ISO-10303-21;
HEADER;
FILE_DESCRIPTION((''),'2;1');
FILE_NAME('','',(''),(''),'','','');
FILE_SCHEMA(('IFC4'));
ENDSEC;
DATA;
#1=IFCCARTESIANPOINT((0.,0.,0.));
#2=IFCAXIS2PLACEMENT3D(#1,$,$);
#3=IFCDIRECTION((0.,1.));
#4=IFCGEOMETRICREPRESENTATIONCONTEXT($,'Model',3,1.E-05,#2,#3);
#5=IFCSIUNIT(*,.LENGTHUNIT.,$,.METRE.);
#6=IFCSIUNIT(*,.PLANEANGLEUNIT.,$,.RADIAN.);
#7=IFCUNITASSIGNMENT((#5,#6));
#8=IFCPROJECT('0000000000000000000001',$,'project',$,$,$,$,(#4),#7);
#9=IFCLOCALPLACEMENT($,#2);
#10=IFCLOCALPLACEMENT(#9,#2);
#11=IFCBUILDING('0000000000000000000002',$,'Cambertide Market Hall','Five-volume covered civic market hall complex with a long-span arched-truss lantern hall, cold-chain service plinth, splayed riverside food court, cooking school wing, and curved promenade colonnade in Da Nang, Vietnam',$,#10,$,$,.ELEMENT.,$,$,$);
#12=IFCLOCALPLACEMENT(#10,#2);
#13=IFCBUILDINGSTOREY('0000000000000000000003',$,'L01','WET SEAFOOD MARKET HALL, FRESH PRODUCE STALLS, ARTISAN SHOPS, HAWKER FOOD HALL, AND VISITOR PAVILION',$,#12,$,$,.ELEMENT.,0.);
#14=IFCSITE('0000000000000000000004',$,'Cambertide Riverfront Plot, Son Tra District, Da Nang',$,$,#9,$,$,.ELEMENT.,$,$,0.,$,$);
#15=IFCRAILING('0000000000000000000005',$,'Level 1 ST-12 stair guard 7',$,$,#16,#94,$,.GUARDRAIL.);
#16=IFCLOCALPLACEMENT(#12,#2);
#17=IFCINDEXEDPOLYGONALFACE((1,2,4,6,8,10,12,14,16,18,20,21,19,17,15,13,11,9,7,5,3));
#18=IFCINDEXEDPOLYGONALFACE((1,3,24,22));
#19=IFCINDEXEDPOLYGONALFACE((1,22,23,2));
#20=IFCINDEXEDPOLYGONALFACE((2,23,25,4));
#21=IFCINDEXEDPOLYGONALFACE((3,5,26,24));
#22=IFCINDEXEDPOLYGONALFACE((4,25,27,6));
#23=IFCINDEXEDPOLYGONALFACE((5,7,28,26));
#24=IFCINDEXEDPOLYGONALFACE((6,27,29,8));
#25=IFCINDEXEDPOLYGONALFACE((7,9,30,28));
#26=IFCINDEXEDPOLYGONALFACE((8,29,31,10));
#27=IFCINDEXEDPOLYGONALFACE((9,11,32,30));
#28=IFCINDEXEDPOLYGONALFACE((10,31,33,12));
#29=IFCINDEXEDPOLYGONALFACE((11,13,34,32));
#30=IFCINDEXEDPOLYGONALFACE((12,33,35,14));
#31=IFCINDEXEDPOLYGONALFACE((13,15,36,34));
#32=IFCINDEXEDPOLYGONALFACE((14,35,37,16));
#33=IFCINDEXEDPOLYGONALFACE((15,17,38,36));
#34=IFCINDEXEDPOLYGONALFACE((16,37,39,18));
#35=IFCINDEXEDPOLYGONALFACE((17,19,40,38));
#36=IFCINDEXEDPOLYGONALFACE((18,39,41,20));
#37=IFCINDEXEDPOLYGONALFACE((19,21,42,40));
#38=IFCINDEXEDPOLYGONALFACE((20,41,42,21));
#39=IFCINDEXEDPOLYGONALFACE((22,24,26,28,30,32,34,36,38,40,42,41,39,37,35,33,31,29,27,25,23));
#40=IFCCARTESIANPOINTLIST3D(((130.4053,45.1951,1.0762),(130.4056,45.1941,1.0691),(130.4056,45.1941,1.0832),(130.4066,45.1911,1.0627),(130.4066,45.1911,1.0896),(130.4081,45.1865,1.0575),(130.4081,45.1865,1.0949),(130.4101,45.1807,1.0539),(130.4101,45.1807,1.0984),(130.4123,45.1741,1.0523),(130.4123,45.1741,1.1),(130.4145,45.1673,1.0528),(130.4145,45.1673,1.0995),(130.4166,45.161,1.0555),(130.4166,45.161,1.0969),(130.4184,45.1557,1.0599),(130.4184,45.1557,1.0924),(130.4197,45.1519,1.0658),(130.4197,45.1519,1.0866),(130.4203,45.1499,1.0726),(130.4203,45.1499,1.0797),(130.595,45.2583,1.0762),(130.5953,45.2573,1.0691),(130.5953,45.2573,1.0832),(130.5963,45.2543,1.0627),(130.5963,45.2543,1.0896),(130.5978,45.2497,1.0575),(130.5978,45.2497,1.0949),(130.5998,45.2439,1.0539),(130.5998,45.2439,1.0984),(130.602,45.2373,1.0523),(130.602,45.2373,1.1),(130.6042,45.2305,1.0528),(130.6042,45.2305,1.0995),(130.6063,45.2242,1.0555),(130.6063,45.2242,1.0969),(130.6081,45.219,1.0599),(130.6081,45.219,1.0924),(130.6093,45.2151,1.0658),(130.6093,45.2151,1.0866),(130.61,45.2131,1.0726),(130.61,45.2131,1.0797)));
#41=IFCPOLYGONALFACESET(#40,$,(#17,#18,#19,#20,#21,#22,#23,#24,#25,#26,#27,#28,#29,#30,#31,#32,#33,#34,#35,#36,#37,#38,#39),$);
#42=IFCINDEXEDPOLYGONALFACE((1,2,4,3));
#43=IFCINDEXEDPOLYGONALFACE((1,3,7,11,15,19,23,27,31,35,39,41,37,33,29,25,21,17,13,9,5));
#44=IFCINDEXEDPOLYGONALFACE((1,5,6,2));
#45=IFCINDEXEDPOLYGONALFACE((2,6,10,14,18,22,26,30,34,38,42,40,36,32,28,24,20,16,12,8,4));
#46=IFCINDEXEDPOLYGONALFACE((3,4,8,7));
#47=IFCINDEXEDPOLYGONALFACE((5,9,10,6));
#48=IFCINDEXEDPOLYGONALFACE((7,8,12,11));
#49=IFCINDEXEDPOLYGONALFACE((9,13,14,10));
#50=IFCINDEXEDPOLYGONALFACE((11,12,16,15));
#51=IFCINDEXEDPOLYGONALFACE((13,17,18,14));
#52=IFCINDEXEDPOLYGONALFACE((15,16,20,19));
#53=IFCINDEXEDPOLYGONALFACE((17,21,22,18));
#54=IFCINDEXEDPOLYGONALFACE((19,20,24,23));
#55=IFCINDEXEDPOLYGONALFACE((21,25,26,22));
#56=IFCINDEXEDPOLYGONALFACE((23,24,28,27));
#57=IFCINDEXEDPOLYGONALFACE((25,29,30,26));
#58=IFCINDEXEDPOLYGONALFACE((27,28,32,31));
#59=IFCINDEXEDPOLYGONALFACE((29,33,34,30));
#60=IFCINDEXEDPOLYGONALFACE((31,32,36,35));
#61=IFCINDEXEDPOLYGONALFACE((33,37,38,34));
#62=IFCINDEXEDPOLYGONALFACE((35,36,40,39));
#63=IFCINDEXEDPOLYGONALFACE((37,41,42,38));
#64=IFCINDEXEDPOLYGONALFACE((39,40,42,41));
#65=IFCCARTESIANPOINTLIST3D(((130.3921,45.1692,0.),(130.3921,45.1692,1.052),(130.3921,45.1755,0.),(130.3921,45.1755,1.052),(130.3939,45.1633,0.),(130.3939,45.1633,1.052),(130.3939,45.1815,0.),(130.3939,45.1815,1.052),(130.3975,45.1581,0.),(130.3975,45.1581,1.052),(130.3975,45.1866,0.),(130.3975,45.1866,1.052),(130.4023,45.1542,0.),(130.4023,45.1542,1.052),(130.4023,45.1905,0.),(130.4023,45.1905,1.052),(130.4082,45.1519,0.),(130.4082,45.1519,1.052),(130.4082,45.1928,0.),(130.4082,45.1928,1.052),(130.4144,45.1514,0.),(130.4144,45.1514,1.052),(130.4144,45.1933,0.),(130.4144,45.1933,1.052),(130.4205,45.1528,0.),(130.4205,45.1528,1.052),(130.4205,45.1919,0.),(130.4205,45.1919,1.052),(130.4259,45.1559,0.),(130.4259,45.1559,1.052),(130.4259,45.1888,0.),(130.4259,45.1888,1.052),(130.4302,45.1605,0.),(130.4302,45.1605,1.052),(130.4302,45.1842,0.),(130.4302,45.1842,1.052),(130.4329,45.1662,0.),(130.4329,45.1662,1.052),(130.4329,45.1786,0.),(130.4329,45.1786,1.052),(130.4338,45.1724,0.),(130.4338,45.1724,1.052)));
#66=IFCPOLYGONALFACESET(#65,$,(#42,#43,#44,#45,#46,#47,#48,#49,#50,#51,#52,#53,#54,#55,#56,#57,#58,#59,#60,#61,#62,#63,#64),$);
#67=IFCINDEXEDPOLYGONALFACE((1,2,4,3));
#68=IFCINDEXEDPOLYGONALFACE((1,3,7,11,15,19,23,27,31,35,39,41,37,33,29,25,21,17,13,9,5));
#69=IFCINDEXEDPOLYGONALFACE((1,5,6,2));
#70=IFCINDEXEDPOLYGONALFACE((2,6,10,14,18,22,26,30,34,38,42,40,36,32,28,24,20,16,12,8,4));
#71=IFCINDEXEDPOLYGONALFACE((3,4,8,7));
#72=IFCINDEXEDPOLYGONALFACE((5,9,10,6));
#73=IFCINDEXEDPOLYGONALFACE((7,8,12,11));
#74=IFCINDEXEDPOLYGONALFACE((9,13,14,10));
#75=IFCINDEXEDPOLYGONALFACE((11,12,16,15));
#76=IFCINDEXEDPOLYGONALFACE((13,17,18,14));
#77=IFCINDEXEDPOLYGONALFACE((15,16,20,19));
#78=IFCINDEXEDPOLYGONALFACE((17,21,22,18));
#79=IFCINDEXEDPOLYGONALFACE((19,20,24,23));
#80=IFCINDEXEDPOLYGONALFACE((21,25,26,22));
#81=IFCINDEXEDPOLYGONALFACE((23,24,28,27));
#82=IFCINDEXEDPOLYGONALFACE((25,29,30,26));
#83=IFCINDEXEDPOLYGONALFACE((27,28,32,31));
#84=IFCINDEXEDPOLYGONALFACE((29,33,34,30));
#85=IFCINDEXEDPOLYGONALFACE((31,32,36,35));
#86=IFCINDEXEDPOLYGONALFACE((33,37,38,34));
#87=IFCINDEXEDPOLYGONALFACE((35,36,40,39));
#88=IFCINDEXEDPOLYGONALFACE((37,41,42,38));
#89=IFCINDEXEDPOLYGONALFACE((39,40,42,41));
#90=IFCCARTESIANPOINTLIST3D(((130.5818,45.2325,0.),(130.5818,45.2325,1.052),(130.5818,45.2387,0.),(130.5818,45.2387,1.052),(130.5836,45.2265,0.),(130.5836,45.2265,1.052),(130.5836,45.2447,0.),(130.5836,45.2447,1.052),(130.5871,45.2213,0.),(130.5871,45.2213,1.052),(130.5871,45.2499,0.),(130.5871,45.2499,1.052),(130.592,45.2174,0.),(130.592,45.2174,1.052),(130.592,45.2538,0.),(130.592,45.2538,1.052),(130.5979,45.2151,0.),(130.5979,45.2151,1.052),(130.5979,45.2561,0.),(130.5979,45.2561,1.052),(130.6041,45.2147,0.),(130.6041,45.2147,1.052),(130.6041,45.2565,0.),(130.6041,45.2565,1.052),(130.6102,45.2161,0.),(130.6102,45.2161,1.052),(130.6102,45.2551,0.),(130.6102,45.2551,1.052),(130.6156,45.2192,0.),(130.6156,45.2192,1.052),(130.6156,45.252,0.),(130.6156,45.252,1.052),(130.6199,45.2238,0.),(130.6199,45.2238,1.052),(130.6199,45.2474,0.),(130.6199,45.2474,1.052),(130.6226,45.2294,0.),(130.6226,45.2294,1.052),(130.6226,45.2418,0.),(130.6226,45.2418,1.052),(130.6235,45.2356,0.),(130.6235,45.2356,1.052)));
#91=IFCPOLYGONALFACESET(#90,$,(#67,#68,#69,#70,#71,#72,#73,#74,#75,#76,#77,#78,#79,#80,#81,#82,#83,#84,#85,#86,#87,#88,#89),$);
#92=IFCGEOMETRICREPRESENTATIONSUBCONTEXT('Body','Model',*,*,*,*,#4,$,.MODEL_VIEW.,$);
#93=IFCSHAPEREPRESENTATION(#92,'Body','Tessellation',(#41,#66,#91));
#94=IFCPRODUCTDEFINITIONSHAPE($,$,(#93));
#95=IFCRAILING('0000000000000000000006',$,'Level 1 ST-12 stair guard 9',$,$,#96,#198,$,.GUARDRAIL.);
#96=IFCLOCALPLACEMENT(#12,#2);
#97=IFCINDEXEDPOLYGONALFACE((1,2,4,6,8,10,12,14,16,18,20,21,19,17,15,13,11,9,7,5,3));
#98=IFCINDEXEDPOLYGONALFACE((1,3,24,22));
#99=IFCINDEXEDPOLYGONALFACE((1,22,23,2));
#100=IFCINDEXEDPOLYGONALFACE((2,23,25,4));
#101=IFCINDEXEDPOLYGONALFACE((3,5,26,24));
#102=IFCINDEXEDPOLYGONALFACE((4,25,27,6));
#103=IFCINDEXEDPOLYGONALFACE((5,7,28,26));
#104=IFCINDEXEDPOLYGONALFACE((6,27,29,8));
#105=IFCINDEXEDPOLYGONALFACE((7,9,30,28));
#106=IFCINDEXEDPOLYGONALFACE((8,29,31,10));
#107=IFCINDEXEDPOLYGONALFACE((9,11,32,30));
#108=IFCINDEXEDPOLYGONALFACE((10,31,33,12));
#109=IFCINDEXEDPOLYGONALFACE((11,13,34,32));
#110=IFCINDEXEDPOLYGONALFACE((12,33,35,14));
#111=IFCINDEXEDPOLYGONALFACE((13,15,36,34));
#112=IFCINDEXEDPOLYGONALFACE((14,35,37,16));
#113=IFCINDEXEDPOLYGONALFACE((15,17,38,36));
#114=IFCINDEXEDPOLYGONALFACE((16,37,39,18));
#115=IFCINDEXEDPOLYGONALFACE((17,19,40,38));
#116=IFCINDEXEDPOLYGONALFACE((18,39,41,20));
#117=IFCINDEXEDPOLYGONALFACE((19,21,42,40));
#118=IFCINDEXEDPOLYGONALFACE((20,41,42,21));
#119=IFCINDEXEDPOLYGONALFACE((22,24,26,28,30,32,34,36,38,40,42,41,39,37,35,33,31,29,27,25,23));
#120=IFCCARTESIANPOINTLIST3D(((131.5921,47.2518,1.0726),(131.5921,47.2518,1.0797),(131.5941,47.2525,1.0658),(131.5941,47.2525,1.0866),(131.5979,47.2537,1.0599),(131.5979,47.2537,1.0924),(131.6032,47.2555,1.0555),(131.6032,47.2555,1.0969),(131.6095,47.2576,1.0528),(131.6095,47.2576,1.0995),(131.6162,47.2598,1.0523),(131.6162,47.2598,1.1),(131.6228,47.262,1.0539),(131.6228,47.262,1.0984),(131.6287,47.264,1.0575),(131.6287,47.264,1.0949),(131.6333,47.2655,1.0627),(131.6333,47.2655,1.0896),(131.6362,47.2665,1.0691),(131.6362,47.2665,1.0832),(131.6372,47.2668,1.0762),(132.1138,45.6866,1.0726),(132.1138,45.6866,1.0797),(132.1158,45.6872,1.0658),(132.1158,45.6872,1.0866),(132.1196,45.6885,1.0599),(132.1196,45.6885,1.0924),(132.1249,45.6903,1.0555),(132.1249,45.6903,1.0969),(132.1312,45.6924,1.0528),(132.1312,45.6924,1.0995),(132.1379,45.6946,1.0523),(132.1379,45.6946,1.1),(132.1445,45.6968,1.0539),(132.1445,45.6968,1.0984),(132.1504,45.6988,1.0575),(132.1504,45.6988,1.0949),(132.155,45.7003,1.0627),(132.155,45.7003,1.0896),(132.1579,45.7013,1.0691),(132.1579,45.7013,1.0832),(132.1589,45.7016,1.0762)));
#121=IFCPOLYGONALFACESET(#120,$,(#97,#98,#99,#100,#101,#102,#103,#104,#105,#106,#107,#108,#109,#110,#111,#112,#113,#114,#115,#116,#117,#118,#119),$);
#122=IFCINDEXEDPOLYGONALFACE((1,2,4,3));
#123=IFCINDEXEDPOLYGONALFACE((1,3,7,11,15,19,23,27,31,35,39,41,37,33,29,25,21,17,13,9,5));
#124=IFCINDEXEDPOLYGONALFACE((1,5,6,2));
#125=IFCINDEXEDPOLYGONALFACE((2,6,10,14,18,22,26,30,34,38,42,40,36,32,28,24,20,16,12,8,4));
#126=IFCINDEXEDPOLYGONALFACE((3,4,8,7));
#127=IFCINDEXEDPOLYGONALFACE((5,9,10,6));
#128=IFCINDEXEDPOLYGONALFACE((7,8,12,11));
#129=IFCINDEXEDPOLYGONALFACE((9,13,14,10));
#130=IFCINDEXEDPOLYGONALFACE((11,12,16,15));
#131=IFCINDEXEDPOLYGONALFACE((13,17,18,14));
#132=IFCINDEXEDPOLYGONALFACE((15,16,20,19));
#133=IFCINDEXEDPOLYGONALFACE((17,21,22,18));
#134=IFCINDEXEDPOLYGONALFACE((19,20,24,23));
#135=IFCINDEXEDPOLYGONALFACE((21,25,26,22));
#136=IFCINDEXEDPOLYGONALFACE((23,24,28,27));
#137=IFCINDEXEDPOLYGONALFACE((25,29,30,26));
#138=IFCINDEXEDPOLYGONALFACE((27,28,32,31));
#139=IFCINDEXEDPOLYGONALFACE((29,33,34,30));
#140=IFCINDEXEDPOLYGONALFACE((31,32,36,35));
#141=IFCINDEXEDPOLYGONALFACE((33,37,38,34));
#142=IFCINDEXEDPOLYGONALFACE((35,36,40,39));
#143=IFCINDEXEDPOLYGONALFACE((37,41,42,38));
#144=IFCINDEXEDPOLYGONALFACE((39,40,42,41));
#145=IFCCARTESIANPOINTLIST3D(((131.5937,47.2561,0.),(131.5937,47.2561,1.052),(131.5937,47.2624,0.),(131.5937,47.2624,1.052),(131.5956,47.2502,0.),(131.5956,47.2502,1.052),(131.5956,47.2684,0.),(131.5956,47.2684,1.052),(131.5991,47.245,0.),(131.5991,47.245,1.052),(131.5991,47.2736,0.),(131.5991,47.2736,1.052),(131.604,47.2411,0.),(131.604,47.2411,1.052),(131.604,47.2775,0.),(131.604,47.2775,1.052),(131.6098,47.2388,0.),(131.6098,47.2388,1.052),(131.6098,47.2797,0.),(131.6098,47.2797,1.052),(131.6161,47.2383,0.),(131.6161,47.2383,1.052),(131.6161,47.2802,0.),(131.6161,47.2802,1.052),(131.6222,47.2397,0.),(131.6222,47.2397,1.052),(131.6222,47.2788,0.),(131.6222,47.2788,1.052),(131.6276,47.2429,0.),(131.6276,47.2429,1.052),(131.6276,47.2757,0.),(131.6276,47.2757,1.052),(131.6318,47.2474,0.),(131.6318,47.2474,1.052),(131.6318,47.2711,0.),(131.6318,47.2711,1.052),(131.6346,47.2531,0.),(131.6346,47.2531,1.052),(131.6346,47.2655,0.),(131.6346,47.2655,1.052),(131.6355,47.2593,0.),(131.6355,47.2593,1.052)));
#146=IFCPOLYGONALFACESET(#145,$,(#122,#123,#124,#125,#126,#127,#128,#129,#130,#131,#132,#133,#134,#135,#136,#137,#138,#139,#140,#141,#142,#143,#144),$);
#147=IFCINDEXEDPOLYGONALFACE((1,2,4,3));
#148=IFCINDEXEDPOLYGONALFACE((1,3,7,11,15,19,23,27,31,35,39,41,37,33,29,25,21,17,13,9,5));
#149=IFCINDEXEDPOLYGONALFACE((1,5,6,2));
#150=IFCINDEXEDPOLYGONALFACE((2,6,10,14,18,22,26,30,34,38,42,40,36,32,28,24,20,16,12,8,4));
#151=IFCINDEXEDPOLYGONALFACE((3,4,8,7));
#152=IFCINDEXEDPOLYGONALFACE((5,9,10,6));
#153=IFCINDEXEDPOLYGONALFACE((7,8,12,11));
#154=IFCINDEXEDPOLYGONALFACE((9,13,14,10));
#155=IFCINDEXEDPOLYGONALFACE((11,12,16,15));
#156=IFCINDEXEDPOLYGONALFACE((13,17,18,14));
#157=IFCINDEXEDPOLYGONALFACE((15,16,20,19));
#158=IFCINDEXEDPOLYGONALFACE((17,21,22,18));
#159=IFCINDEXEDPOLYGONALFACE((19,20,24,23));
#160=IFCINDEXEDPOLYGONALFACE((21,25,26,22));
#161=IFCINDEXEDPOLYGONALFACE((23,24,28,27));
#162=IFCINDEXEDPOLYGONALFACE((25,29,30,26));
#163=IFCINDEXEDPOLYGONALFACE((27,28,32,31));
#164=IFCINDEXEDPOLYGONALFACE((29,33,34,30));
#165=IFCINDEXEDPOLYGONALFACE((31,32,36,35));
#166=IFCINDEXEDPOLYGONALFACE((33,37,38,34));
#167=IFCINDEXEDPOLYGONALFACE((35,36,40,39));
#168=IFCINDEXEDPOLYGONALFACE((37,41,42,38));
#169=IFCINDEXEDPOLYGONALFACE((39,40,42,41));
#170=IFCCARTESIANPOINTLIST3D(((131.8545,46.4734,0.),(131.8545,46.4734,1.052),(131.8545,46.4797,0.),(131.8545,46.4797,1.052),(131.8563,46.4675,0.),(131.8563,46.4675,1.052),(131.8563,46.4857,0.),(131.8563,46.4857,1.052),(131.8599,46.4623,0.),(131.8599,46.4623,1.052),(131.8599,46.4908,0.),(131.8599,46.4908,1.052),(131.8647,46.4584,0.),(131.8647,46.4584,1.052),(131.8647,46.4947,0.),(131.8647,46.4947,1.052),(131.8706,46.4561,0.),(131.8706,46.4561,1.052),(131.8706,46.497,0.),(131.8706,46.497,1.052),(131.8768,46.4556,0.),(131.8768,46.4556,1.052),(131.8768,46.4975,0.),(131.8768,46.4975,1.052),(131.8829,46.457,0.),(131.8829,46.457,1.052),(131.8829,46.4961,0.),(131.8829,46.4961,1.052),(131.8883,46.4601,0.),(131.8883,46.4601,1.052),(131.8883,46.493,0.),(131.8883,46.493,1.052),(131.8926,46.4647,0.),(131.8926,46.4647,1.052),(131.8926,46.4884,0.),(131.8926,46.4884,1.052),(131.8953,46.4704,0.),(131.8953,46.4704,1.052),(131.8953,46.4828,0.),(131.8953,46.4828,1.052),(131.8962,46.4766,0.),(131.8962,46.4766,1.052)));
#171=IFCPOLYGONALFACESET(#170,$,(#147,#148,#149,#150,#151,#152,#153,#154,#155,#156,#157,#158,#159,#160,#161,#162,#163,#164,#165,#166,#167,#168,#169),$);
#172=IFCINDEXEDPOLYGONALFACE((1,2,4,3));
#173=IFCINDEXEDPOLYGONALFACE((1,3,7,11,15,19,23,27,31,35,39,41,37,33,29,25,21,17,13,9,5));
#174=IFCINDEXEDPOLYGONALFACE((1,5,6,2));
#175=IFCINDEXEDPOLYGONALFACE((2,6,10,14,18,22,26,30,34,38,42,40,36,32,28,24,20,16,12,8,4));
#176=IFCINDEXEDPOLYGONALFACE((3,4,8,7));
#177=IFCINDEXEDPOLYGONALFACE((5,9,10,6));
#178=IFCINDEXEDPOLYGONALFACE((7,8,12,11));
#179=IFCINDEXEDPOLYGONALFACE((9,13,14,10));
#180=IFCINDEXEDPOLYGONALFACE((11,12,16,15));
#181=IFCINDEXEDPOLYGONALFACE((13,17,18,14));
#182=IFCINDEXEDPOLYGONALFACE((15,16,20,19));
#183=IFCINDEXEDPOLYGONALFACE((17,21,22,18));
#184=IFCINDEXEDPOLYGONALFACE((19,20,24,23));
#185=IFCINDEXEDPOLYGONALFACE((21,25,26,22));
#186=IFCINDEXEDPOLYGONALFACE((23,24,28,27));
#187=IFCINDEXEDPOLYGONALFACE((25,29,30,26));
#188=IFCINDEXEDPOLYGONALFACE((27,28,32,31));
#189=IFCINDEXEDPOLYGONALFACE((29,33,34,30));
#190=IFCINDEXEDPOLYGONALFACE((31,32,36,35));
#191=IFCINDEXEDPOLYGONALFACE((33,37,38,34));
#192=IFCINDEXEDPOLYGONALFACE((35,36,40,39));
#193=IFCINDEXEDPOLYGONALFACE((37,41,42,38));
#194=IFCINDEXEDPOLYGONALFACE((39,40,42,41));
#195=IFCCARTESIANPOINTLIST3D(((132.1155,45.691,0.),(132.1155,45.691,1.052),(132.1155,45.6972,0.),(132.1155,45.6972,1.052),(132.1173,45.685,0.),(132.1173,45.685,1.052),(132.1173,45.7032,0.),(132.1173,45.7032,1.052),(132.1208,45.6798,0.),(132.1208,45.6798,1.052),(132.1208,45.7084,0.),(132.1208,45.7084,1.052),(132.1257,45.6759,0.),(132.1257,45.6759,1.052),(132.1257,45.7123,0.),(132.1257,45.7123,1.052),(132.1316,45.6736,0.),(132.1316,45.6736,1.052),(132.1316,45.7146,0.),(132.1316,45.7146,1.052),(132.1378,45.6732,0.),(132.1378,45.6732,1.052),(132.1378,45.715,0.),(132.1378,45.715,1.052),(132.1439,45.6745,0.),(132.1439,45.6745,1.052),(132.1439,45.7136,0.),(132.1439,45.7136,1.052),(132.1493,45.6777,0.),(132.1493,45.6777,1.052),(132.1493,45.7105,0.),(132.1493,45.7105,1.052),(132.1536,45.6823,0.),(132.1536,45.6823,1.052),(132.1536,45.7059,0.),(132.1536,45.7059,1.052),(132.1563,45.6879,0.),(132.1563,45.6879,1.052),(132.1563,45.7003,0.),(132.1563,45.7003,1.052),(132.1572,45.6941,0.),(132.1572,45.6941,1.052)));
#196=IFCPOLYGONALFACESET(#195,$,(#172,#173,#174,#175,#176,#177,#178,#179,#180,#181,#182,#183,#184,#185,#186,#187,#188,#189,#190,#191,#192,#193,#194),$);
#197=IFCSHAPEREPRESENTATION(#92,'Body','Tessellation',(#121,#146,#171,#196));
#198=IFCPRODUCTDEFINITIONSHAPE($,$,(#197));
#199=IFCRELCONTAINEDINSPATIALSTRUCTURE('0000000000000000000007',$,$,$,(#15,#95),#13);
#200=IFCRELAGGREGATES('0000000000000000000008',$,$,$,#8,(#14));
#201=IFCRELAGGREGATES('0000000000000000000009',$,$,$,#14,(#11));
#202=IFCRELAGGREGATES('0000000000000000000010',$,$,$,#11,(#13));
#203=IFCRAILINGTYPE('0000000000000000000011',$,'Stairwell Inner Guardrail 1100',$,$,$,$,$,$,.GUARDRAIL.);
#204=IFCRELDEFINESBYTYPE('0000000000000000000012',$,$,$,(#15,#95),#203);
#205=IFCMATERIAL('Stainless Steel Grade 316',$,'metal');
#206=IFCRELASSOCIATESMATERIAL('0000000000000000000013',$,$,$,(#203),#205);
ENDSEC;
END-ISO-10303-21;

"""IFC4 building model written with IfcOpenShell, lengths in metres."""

from ifc_helpers import new_model, si_unit, direction, frame, origin, origin_2d, place, context, subcontext, project, spatial, circle, extrude, material, type_object, element, save


model = new_model("IFC4")

# Units and contexts
model_context = context("Model", 3, precision=1e-05, world=origin(), true_north=direction((0.0, 1.0)))
body_context = subcontext(model_context, "Body", "Model", "MODEL_VIEW")
ifc_project = project(units=[si_unit("LENGTHUNIT", "METRE"), si_unit("PLANEANGLEUNIT", "RADIAN")], contexts=[model_context])

# Site, building, storey
site_placement = place(None, origin())
site = spatial("IfcSite", under=ifc_project, at=site_placement, Name="Cambertide Riverfront Plot, Son Tra District, Da Nang", CompositionType="ELEMENT", RefElevation=0.0)
building_placement = place(site_placement, origin())
building = spatial("IfcBuilding", under=site, at=building_placement, Name="Cambertide Market Hall", Description="Five-volume covered civic market hall complex with a long-span arched-truss lantern hall, cold-chain service plinth, splayed riverside food court, cooking school wing, and curved promenade colonnade in Da Nang, Vietnam", CompositionType="ELEMENT")
storey_placement = place(building_placement, origin())
storey = spatial("IfcBuildingStorey", under=building, at=storey_placement, Name="L01", Description="WET SEAFOOD MARKET HALL, FRESH PRODUCE STALLS, ARTISAN SHOPS, HAWKER FOOD HALL, AND VISITOR PAVILION", CompositionType="ELEMENT", Elevation=0.0)

# Railings
ifc_material_1 = material(Name="Stainless Steel Grade 316", Category="metal")
railing_type_1 = type_object("IfcRailingType", Name="Stairwell Inner Guardrail 1100", PredefinedType="GUARDRAIL", material=ifc_material_1)
railing_1_placement = place(storey_placement, frame((130.4128, 45.1724, 0.0)))
element("IfcRailing", 1, at=railing_1_placement, inside=storey, type_object=railing_type_1, Name="Level 1 ST-12 stair guard 7", PredefinedType="GUARDRAIL", context=body_context, shape_type="SweptSolid", body=[
    extrude(circle(Radius=0.0239, at=origin_2d()), frame((0.0, 0.0, 1.0762), z_axis=(0.948683, 0.316228, 0.0), x_axis=(-0.316228, 0.948683, 0.0)), (0.0, 0.0, 1.0), 0.2),
    extrude(circle(Radius=0.021, at=origin_2d()), origin(), (0.0, 0.0, 1.0), 1.052),
    extrude(circle(Radius=0.021, at=origin_2d()), frame((0.1897, 0.0632, 0.0)), (0.0, 0.0, 1.0), 1.052),
])
railing_2_placement = place(storey_placement, frame((131.6145, 47.2593, 0.0)))
element("IfcRailing", 2, at=railing_2_placement, inside=storey, type_object=railing_type_1, Name="Level 1 ST-12 stair guard 9", PredefinedType="GUARDRAIL", context=body_context, shape_type="SweptSolid", body=[
    extrude(circle(Radius=0.0239, at=origin_2d()), frame((0.0, 0.0, 1.0762), z_axis=(0.316228, -0.948683, 0.0), x_axis=(0.948683, 0.316228, 0.0)), (0.0, 0.0, 1.0), 1.6499),
    extrude(circle(Radius=0.021, at=origin_2d()), origin(), (0.0, 0.0, 1.0), 1.052),
    extrude(circle(Radius=0.021, at=origin_2d()), frame((0.2607, -0.7827, 0.0)), (0.0, 0.0, 1.0), 1.052),
    extrude(circle(Radius=0.021, at=origin_2d()), frame((0.5217, -1.5652, 0.0)), (0.0, 0.0, 1.0), 1.052),
])

save(model, "model.ifc")
